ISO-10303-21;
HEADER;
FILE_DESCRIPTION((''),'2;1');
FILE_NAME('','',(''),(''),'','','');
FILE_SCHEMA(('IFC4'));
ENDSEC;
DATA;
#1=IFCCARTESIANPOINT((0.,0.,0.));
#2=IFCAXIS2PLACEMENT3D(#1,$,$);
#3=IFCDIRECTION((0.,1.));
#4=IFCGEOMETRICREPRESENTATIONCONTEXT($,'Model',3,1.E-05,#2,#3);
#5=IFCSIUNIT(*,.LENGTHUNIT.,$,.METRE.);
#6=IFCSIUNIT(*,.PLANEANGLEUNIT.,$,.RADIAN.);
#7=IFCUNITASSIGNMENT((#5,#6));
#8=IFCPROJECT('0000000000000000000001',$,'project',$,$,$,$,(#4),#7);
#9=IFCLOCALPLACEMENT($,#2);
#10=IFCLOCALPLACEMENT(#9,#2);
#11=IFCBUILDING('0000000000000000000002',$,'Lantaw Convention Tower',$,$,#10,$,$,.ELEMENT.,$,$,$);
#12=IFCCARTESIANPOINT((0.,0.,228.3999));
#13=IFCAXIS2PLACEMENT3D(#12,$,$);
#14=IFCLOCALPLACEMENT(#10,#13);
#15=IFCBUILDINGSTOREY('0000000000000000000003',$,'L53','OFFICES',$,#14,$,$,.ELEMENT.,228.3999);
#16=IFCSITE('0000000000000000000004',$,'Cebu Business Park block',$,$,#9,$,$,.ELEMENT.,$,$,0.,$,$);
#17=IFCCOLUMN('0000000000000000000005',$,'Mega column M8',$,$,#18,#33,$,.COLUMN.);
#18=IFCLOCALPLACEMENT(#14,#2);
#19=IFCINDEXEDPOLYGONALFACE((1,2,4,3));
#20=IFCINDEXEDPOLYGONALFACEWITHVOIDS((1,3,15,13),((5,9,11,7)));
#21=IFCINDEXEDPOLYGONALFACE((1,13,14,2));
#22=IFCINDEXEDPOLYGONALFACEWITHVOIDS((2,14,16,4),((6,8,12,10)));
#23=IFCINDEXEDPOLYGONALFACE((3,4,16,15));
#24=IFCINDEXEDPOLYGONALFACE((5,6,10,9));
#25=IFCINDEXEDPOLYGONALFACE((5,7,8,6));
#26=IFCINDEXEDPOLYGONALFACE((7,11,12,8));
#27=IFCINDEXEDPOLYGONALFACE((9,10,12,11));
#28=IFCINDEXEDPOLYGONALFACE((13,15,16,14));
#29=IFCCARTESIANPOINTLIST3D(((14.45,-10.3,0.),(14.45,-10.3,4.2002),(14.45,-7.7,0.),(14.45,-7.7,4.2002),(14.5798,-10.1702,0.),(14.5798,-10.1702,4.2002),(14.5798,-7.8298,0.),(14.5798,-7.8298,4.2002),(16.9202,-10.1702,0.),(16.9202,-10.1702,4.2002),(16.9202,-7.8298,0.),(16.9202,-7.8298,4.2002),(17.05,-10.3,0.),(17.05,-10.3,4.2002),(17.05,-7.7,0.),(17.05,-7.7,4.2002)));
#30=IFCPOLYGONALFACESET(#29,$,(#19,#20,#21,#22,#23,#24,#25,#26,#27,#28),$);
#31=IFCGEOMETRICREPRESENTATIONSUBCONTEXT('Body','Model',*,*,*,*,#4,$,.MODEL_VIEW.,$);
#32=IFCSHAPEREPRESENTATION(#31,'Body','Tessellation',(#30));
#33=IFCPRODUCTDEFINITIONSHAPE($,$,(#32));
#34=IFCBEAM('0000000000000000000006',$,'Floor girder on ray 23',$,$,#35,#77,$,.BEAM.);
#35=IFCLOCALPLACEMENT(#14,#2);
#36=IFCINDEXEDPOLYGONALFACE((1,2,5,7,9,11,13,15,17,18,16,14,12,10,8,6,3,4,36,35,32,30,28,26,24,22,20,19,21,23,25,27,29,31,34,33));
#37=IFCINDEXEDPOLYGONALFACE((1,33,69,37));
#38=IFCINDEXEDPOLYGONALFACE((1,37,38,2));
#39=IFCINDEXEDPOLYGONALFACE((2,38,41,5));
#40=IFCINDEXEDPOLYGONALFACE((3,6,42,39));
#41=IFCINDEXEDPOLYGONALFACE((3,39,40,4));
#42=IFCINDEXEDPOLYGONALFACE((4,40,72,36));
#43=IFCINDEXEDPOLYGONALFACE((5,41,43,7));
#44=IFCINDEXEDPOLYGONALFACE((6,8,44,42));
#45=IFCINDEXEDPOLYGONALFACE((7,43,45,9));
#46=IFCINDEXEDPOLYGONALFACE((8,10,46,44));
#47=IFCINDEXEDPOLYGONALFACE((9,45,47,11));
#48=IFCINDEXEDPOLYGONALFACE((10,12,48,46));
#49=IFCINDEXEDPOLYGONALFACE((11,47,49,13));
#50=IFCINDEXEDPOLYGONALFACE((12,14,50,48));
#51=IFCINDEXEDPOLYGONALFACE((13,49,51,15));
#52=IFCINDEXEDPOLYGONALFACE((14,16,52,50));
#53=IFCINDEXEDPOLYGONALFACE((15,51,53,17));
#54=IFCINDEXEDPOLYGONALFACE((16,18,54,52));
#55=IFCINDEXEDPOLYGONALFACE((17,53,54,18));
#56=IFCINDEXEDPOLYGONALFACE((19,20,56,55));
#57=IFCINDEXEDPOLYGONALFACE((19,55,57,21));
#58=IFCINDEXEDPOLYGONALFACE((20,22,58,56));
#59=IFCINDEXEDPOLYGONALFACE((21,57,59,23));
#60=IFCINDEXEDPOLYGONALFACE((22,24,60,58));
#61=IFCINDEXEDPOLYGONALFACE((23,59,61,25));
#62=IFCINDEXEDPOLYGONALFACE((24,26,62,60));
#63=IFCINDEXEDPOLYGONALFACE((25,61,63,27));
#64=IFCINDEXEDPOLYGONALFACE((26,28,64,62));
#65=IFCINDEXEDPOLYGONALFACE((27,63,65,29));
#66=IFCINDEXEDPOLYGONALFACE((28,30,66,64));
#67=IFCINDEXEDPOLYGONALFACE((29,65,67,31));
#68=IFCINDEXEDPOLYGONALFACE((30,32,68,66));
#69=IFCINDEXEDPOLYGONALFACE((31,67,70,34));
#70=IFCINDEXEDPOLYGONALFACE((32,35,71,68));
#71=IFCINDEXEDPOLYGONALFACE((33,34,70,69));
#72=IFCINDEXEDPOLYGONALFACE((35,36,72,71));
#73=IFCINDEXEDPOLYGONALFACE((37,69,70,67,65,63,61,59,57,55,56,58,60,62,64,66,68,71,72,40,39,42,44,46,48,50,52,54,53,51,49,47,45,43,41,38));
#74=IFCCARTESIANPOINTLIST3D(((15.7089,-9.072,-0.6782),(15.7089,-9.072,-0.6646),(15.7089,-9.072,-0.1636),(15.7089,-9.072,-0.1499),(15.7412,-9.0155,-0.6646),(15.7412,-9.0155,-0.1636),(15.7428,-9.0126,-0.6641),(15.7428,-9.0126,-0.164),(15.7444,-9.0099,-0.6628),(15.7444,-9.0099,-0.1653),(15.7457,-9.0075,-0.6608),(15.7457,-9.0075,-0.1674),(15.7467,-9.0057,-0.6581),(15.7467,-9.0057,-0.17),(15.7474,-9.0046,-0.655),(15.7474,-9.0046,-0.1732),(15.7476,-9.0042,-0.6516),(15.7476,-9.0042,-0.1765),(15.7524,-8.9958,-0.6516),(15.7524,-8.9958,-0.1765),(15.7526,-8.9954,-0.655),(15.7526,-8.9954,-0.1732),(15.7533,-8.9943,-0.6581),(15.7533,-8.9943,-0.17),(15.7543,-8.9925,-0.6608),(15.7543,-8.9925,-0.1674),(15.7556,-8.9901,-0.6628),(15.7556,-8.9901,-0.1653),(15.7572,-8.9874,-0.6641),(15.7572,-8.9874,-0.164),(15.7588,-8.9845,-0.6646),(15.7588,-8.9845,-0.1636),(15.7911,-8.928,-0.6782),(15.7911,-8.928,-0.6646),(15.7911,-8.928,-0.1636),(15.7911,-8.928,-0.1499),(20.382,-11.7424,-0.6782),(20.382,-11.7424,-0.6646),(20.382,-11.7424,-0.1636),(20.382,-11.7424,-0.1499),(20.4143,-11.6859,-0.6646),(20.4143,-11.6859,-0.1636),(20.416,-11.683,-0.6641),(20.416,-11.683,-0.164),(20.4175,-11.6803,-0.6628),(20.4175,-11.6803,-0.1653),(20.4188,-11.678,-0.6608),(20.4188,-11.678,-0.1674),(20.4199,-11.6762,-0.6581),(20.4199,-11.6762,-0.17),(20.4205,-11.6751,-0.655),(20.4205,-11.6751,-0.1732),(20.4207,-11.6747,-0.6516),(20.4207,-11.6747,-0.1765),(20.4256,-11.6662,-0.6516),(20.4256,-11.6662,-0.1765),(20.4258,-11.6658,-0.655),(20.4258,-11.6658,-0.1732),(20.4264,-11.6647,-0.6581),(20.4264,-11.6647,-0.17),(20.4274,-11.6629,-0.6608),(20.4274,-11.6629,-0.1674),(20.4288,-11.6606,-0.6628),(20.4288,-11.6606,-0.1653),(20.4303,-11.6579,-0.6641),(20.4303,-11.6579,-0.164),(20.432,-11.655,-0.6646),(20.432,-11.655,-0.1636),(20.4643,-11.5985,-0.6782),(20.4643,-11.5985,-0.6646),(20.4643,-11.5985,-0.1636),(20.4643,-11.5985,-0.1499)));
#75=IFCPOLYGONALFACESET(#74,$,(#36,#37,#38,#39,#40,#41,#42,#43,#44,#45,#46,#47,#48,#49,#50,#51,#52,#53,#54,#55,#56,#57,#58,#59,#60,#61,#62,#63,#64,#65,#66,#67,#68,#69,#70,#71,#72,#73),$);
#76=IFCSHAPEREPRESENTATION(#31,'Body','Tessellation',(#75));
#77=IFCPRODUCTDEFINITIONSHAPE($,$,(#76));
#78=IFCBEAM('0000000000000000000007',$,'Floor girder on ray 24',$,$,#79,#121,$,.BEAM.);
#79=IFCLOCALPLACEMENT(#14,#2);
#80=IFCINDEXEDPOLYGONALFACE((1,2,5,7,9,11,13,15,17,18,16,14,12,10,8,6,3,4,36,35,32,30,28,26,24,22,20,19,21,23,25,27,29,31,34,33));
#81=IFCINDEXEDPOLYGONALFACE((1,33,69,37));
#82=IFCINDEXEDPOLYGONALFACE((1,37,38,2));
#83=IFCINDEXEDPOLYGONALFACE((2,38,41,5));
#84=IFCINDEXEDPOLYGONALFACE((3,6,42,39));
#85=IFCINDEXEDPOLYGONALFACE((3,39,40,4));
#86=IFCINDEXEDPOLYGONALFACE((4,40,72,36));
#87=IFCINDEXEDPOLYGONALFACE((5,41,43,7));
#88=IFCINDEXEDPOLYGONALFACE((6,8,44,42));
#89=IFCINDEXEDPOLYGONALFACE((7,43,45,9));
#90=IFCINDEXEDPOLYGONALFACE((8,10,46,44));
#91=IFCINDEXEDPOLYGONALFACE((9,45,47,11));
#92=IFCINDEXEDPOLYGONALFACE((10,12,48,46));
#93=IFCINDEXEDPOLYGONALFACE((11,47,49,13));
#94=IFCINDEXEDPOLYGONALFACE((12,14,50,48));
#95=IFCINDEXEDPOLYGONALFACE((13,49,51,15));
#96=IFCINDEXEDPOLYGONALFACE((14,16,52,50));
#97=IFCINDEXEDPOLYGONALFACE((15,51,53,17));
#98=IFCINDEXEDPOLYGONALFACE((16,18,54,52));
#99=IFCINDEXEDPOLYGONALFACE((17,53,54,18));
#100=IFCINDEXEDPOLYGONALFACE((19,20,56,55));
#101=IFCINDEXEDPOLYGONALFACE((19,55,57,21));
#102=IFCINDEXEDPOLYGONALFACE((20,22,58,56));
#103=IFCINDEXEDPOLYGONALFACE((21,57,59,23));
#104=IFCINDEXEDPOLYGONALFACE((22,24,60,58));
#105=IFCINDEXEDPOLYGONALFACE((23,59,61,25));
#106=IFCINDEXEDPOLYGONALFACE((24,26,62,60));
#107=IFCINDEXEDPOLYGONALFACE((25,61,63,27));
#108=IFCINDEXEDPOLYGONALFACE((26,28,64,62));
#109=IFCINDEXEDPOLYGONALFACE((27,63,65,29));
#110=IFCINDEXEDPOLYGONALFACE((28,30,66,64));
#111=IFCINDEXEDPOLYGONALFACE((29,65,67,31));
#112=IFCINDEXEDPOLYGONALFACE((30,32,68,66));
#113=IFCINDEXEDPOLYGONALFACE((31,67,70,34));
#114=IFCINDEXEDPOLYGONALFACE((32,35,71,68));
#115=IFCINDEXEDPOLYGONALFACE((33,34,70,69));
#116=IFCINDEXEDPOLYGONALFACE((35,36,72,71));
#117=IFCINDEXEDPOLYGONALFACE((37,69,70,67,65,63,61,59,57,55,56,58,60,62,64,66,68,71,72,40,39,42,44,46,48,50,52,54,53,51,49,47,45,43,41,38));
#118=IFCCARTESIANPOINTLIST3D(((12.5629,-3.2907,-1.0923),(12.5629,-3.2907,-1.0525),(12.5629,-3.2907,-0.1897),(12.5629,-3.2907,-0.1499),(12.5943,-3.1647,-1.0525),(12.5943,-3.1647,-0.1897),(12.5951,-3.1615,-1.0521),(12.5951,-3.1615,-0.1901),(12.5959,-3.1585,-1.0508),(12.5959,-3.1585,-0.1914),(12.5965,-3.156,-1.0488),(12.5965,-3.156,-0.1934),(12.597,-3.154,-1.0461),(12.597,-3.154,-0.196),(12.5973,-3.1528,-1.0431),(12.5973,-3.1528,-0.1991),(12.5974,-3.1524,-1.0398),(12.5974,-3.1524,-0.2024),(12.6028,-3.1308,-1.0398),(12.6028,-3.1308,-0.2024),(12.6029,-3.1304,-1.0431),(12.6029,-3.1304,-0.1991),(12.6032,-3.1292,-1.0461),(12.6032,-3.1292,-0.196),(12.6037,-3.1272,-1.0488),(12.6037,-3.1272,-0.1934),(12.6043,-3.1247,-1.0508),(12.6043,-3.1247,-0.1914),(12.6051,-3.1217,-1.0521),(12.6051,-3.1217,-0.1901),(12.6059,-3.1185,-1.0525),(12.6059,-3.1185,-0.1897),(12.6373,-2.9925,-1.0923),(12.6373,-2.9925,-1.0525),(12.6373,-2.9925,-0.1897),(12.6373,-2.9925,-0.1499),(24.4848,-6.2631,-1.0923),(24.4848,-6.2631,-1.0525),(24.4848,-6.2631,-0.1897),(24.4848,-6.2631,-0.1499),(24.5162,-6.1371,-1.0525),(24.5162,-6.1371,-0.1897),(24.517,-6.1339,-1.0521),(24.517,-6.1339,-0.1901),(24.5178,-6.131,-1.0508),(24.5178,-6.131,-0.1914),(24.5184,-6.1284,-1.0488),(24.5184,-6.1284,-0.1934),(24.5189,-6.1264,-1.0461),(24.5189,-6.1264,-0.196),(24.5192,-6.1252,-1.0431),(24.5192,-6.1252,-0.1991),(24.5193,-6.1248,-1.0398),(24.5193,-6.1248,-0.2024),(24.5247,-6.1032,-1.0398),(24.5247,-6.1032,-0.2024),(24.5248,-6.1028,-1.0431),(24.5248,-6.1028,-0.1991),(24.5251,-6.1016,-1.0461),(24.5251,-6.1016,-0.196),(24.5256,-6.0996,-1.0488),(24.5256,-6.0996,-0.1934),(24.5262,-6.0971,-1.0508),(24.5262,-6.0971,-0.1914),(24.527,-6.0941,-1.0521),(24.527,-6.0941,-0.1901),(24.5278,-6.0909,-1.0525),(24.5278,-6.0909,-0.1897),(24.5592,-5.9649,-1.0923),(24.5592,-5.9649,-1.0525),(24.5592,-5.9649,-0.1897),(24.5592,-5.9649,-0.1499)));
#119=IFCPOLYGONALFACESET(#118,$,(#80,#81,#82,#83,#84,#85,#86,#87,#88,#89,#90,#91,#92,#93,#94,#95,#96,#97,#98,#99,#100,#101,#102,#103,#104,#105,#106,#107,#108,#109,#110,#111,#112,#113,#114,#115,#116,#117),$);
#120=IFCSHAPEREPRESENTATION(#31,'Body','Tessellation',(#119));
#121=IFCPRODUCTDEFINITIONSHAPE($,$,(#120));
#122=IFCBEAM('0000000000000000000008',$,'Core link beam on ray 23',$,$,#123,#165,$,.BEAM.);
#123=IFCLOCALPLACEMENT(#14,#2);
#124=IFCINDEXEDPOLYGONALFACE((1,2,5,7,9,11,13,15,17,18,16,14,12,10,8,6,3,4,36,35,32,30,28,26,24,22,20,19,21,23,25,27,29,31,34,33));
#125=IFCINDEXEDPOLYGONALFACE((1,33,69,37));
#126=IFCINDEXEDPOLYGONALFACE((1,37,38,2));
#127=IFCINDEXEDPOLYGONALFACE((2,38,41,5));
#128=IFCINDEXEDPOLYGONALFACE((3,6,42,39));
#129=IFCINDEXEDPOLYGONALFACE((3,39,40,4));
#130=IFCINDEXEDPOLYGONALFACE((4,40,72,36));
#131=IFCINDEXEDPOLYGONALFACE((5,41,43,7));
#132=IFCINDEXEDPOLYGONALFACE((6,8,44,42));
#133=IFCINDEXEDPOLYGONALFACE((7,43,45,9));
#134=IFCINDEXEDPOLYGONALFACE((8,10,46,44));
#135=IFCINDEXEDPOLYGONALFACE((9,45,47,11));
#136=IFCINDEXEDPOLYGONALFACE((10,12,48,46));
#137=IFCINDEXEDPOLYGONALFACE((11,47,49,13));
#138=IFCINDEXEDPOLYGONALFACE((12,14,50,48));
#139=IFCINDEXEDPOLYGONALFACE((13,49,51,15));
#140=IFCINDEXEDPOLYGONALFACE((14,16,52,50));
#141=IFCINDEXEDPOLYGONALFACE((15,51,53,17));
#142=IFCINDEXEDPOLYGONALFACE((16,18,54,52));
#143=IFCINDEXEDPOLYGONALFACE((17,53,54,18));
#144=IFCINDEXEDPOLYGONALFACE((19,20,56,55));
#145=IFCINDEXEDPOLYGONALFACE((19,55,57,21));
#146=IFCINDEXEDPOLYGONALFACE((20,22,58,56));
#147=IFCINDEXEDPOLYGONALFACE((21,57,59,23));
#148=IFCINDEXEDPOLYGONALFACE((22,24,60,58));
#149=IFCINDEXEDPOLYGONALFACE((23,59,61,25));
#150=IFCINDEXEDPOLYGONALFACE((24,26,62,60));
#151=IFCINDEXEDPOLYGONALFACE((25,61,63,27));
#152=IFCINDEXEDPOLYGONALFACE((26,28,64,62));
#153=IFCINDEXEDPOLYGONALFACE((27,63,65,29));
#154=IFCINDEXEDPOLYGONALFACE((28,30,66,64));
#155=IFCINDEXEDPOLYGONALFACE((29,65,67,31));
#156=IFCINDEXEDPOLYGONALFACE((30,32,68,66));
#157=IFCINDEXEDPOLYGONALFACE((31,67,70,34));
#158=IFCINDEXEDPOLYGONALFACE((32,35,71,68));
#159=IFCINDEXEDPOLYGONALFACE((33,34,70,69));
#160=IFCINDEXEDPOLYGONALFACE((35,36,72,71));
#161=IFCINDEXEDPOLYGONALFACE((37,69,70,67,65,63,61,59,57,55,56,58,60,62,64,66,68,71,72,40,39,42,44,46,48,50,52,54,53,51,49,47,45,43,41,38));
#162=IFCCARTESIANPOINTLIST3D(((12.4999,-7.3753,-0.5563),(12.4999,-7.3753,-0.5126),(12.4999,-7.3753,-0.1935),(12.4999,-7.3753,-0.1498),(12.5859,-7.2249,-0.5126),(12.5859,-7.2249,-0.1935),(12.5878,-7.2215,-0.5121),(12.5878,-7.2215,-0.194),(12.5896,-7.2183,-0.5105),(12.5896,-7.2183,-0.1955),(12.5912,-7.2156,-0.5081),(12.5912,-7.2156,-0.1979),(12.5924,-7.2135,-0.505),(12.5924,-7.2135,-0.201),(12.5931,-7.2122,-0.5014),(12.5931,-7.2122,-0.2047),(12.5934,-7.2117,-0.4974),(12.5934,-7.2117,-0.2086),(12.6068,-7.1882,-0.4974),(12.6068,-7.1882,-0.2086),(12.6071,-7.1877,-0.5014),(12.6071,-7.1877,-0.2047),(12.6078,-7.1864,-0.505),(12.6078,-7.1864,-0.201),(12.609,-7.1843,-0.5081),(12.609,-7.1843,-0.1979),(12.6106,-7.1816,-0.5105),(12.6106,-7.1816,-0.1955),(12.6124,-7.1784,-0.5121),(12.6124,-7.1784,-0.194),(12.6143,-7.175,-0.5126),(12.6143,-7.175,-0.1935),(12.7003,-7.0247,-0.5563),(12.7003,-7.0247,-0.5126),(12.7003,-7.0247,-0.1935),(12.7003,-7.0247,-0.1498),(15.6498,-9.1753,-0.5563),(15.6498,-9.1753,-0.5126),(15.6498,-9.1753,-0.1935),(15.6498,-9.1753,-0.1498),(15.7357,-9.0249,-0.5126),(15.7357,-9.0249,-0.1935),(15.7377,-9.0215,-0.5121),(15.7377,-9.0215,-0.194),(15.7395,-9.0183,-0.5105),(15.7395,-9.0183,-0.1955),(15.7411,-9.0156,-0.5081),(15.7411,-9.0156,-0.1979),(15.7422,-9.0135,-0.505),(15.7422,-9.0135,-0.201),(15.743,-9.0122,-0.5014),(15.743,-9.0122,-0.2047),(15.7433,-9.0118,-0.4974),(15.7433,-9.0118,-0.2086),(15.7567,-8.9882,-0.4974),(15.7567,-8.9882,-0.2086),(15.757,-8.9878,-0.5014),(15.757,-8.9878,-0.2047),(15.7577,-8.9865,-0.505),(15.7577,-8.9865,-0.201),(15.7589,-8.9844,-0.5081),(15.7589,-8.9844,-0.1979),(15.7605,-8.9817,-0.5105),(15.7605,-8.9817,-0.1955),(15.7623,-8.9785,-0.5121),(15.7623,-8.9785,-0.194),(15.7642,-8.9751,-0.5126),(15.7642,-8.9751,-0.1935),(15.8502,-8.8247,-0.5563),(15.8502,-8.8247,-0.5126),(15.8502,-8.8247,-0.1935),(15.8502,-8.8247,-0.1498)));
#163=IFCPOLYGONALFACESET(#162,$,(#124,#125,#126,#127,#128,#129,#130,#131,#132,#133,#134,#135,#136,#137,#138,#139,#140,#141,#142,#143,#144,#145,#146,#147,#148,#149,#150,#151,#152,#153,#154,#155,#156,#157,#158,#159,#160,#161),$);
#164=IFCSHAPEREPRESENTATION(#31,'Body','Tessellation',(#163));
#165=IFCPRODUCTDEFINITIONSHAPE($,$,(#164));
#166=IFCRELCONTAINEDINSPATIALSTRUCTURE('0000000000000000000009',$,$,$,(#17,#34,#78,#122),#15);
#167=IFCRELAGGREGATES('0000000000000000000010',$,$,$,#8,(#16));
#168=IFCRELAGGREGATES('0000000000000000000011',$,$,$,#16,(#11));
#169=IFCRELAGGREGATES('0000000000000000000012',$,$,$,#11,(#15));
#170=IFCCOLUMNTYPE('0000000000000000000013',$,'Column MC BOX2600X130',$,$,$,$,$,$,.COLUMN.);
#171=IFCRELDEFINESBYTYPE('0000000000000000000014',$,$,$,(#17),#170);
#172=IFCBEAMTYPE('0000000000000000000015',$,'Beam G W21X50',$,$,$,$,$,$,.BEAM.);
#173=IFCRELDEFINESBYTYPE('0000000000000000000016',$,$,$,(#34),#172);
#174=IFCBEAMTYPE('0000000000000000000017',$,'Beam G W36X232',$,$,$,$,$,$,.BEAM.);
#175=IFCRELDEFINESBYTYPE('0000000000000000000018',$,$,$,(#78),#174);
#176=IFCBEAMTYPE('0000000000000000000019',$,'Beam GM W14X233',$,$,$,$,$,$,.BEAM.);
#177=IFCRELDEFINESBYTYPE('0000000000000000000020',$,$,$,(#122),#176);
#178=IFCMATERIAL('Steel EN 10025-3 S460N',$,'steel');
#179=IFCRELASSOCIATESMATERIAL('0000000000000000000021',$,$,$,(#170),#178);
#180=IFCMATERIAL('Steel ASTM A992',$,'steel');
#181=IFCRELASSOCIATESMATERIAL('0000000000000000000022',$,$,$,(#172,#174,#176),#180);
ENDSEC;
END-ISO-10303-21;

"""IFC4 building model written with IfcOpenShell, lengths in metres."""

from ifc_helpers import new_model, si_unit, direction, frame, origin, origin_2d, place, context, subcontext, project, spatial, rectangle, hollow_rectangle, i_section, extrude, material, material_profile, profile_set, type_object, element, save


model = new_model("IFC4")

# Units and contexts
model_context = context("Model", 3, precision=1e-05, world=origin(), true_north=direction((0.0, 1.0)))
body_context = subcontext(model_context, "Body", "Model", "MODEL_VIEW")
ifc_project = project(units=[si_unit("LENGTHUNIT", "METRE"), si_unit("PLANEANGLEUNIT", "RADIAN")], contexts=[model_context])

# Site, building, storey
site_placement = place(None, origin())
site = spatial("IfcSite", under=ifc_project, at=site_placement, Name="Cebu Business Park block", CompositionType="ELEMENT", RefElevation=0.0)
building_placement = place(site_placement, origin())
building = spatial("IfcBuilding", under=site, at=building_placement, Name="Lantaw Convention Tower", CompositionType="ELEMENT")
storey_placement = place(building_placement, frame((0.0, 0.0, 228.3999)))
storey = spatial("IfcBuildingStorey", under=building, at=storey_placement, Name="L53", Description="OFFICES", CompositionType="ELEMENT", Elevation=228.3999)

# Column
ifc_material_1 = material(Name="Steel EN 10025-3 S460N", Category="steel")
ifc_material_profile_1 = material_profile(ifc_material_1, hollow_rectangle(XDim=2.6001, YDim=2.6001, WallThickness=0.1299, at=origin_2d()), Name="BOX2600X130")
ifc_material_2 = material(Name="Concrete C60/75", Category="concrete")
ifc_material_profile_2 = material_profile(ifc_material_2, rectangle(XDim=2.3401, YDim=2.3401, at=origin_2d()), Name="Concrete fill of BOX2600X130")
ifc_profile_set_1 = profile_set([ifc_material_profile_1, ifc_material_profile_2], Name="Steel EN 10025-3 S460N")
column_type = type_object("IfcColumnType", Name="Column MC BOX2600X130", PredefinedType="COLUMN", material=ifc_profile_set_1)
column_placement = place(storey_placement, frame((15.75, -9.0, 0.0), z_axis=(0.0, 0.0, 1.0), x_axis=(1.0, 0.0, 0.0)))
element("IfcColumn", 1, at=column_placement, inside=storey, type_object=column_type, Name="Mega column M8", PredefinedType="COLUMN", context=body_context, shape_type="SweptSolid", body=[
    extrude(hollow_rectangle(XDim=2.6001, YDim=2.6001, WallThickness=0.1299, at=origin_2d()), origin(), (0.0, 0.0, 1.0), 4.2002),
])

# Beams
ifc_material_3 = material(Name="Steel ASTM A992", Category="steel")
ifc_material_profile_3 = material_profile(ifc_material_3, i_section(OverallWidth=0.1658, OverallDepth=0.5283, WebThickness=0.0098, FlangeThickness=0.0137, FilletRadius=0.0129, at=origin_2d()), Name="W21X50")
ifc_profile_set_2 = profile_set([ifc_material_profile_3], Name="Steel ASTM A992")
beam_type_1 = type_object("IfcBeamType", Name="Beam G W21X50", PredefinedType="BEAM", material=ifc_profile_set_2)
beam_1_placement = place(storey_placement, frame((15.75, -9.0, -0.4141), z_axis=(0.868238, -0.496149, 0.0), x_axis=(0.496149, 0.868238, 0.0)))
element("IfcBeam", 2, at=beam_1_placement, inside=storey, type_object=beam_type_1, Name="Floor girder on ray 23", PredefinedType="BEAM", context=body_context, shape_type="SweptSolid", body=[
    extrude(i_section(OverallWidth=0.1658, OverallDepth=0.5283, WebThickness=0.0098, FlangeThickness=0.0137, FilletRadius=0.0129, at=origin_2d()), origin(), (0.0, 0.0, 1.0), 5.3823),
])
ifc_material_profile_4 = material_profile(ifc_material_3, i_section(OverallWidth=0.3074, OverallDepth=0.9424, WebThickness=0.0222, FlangeThickness=0.0398, FilletRadius=0.0127, at=origin_2d()), Name="W36X232")
ifc_profile_set_3 = profile_set([ifc_material_profile_4], Name="Steel ASTM A992")
beam_type_2 = type_object("IfcBeamType", Name="Beam G W36X232", PredefinedType="BEAM", material=ifc_profile_set_3)
beam_2_placement = place(storey_placement, frame((12.6001, -3.1416, -0.6211), z_axis=(0.970297, -0.241918, 0.0), x_axis=(0.241918, 0.970297, 0.0)))
element("IfcBeam", 3, at=beam_2_placement, inside=storey, type_object=beam_type_2, Name="Floor girder on ray 24", PredefinedType="BEAM", context=body_context, shape_type="SweptSolid", body=[
    extrude(i_section(OverallWidth=0.3074, OverallDepth=0.9424, WebThickness=0.0222, FlangeThickness=0.0398, FilletRadius=0.0127, at=origin_2d()), origin(), (0.0, 0.0, 1.0), 12.2869),
])
ifc_material_profile_5 = material_profile(ifc_material_3, i_section(OverallWidth=0.4038, OverallDepth=0.4065, WebThickness=0.0271, FlangeThickness=0.0437, FilletRadius=0.0151, at=origin_2d()), Name="W14X233")
ifc_profile_set_4 = profile_set([ifc_material_profile_5], Name="Steel ASTM A992")
beam_type_3 = type_object("IfcBeamType", Name="Beam GM W14X233", PredefinedType="BEAM", material=ifc_profile_set_4)
beam_3_placement = place(storey_placement, frame((12.6001, -7.2, -0.353), z_axis=(0.868231, -0.496161, 0.0), x_axis=(0.496161, 0.868231, 0.0)))
element("IfcBeam", 4, at=beam_3_placement, inside=storey, type_object=beam_type_3, Name="Core link beam on ray 23", PredefinedType="BEAM", context=body_context, shape_type="SweptSolid", body=[
    extrude(i_section(OverallWidth=0.4038, OverallDepth=0.4065, WebThickness=0.0271, FlangeThickness=0.0437, FilletRadius=0.0151, at=origin_2d()), origin(), (0.0, 0.0, 1.0), 3.6279),
])

save(model, "model.ifc")
